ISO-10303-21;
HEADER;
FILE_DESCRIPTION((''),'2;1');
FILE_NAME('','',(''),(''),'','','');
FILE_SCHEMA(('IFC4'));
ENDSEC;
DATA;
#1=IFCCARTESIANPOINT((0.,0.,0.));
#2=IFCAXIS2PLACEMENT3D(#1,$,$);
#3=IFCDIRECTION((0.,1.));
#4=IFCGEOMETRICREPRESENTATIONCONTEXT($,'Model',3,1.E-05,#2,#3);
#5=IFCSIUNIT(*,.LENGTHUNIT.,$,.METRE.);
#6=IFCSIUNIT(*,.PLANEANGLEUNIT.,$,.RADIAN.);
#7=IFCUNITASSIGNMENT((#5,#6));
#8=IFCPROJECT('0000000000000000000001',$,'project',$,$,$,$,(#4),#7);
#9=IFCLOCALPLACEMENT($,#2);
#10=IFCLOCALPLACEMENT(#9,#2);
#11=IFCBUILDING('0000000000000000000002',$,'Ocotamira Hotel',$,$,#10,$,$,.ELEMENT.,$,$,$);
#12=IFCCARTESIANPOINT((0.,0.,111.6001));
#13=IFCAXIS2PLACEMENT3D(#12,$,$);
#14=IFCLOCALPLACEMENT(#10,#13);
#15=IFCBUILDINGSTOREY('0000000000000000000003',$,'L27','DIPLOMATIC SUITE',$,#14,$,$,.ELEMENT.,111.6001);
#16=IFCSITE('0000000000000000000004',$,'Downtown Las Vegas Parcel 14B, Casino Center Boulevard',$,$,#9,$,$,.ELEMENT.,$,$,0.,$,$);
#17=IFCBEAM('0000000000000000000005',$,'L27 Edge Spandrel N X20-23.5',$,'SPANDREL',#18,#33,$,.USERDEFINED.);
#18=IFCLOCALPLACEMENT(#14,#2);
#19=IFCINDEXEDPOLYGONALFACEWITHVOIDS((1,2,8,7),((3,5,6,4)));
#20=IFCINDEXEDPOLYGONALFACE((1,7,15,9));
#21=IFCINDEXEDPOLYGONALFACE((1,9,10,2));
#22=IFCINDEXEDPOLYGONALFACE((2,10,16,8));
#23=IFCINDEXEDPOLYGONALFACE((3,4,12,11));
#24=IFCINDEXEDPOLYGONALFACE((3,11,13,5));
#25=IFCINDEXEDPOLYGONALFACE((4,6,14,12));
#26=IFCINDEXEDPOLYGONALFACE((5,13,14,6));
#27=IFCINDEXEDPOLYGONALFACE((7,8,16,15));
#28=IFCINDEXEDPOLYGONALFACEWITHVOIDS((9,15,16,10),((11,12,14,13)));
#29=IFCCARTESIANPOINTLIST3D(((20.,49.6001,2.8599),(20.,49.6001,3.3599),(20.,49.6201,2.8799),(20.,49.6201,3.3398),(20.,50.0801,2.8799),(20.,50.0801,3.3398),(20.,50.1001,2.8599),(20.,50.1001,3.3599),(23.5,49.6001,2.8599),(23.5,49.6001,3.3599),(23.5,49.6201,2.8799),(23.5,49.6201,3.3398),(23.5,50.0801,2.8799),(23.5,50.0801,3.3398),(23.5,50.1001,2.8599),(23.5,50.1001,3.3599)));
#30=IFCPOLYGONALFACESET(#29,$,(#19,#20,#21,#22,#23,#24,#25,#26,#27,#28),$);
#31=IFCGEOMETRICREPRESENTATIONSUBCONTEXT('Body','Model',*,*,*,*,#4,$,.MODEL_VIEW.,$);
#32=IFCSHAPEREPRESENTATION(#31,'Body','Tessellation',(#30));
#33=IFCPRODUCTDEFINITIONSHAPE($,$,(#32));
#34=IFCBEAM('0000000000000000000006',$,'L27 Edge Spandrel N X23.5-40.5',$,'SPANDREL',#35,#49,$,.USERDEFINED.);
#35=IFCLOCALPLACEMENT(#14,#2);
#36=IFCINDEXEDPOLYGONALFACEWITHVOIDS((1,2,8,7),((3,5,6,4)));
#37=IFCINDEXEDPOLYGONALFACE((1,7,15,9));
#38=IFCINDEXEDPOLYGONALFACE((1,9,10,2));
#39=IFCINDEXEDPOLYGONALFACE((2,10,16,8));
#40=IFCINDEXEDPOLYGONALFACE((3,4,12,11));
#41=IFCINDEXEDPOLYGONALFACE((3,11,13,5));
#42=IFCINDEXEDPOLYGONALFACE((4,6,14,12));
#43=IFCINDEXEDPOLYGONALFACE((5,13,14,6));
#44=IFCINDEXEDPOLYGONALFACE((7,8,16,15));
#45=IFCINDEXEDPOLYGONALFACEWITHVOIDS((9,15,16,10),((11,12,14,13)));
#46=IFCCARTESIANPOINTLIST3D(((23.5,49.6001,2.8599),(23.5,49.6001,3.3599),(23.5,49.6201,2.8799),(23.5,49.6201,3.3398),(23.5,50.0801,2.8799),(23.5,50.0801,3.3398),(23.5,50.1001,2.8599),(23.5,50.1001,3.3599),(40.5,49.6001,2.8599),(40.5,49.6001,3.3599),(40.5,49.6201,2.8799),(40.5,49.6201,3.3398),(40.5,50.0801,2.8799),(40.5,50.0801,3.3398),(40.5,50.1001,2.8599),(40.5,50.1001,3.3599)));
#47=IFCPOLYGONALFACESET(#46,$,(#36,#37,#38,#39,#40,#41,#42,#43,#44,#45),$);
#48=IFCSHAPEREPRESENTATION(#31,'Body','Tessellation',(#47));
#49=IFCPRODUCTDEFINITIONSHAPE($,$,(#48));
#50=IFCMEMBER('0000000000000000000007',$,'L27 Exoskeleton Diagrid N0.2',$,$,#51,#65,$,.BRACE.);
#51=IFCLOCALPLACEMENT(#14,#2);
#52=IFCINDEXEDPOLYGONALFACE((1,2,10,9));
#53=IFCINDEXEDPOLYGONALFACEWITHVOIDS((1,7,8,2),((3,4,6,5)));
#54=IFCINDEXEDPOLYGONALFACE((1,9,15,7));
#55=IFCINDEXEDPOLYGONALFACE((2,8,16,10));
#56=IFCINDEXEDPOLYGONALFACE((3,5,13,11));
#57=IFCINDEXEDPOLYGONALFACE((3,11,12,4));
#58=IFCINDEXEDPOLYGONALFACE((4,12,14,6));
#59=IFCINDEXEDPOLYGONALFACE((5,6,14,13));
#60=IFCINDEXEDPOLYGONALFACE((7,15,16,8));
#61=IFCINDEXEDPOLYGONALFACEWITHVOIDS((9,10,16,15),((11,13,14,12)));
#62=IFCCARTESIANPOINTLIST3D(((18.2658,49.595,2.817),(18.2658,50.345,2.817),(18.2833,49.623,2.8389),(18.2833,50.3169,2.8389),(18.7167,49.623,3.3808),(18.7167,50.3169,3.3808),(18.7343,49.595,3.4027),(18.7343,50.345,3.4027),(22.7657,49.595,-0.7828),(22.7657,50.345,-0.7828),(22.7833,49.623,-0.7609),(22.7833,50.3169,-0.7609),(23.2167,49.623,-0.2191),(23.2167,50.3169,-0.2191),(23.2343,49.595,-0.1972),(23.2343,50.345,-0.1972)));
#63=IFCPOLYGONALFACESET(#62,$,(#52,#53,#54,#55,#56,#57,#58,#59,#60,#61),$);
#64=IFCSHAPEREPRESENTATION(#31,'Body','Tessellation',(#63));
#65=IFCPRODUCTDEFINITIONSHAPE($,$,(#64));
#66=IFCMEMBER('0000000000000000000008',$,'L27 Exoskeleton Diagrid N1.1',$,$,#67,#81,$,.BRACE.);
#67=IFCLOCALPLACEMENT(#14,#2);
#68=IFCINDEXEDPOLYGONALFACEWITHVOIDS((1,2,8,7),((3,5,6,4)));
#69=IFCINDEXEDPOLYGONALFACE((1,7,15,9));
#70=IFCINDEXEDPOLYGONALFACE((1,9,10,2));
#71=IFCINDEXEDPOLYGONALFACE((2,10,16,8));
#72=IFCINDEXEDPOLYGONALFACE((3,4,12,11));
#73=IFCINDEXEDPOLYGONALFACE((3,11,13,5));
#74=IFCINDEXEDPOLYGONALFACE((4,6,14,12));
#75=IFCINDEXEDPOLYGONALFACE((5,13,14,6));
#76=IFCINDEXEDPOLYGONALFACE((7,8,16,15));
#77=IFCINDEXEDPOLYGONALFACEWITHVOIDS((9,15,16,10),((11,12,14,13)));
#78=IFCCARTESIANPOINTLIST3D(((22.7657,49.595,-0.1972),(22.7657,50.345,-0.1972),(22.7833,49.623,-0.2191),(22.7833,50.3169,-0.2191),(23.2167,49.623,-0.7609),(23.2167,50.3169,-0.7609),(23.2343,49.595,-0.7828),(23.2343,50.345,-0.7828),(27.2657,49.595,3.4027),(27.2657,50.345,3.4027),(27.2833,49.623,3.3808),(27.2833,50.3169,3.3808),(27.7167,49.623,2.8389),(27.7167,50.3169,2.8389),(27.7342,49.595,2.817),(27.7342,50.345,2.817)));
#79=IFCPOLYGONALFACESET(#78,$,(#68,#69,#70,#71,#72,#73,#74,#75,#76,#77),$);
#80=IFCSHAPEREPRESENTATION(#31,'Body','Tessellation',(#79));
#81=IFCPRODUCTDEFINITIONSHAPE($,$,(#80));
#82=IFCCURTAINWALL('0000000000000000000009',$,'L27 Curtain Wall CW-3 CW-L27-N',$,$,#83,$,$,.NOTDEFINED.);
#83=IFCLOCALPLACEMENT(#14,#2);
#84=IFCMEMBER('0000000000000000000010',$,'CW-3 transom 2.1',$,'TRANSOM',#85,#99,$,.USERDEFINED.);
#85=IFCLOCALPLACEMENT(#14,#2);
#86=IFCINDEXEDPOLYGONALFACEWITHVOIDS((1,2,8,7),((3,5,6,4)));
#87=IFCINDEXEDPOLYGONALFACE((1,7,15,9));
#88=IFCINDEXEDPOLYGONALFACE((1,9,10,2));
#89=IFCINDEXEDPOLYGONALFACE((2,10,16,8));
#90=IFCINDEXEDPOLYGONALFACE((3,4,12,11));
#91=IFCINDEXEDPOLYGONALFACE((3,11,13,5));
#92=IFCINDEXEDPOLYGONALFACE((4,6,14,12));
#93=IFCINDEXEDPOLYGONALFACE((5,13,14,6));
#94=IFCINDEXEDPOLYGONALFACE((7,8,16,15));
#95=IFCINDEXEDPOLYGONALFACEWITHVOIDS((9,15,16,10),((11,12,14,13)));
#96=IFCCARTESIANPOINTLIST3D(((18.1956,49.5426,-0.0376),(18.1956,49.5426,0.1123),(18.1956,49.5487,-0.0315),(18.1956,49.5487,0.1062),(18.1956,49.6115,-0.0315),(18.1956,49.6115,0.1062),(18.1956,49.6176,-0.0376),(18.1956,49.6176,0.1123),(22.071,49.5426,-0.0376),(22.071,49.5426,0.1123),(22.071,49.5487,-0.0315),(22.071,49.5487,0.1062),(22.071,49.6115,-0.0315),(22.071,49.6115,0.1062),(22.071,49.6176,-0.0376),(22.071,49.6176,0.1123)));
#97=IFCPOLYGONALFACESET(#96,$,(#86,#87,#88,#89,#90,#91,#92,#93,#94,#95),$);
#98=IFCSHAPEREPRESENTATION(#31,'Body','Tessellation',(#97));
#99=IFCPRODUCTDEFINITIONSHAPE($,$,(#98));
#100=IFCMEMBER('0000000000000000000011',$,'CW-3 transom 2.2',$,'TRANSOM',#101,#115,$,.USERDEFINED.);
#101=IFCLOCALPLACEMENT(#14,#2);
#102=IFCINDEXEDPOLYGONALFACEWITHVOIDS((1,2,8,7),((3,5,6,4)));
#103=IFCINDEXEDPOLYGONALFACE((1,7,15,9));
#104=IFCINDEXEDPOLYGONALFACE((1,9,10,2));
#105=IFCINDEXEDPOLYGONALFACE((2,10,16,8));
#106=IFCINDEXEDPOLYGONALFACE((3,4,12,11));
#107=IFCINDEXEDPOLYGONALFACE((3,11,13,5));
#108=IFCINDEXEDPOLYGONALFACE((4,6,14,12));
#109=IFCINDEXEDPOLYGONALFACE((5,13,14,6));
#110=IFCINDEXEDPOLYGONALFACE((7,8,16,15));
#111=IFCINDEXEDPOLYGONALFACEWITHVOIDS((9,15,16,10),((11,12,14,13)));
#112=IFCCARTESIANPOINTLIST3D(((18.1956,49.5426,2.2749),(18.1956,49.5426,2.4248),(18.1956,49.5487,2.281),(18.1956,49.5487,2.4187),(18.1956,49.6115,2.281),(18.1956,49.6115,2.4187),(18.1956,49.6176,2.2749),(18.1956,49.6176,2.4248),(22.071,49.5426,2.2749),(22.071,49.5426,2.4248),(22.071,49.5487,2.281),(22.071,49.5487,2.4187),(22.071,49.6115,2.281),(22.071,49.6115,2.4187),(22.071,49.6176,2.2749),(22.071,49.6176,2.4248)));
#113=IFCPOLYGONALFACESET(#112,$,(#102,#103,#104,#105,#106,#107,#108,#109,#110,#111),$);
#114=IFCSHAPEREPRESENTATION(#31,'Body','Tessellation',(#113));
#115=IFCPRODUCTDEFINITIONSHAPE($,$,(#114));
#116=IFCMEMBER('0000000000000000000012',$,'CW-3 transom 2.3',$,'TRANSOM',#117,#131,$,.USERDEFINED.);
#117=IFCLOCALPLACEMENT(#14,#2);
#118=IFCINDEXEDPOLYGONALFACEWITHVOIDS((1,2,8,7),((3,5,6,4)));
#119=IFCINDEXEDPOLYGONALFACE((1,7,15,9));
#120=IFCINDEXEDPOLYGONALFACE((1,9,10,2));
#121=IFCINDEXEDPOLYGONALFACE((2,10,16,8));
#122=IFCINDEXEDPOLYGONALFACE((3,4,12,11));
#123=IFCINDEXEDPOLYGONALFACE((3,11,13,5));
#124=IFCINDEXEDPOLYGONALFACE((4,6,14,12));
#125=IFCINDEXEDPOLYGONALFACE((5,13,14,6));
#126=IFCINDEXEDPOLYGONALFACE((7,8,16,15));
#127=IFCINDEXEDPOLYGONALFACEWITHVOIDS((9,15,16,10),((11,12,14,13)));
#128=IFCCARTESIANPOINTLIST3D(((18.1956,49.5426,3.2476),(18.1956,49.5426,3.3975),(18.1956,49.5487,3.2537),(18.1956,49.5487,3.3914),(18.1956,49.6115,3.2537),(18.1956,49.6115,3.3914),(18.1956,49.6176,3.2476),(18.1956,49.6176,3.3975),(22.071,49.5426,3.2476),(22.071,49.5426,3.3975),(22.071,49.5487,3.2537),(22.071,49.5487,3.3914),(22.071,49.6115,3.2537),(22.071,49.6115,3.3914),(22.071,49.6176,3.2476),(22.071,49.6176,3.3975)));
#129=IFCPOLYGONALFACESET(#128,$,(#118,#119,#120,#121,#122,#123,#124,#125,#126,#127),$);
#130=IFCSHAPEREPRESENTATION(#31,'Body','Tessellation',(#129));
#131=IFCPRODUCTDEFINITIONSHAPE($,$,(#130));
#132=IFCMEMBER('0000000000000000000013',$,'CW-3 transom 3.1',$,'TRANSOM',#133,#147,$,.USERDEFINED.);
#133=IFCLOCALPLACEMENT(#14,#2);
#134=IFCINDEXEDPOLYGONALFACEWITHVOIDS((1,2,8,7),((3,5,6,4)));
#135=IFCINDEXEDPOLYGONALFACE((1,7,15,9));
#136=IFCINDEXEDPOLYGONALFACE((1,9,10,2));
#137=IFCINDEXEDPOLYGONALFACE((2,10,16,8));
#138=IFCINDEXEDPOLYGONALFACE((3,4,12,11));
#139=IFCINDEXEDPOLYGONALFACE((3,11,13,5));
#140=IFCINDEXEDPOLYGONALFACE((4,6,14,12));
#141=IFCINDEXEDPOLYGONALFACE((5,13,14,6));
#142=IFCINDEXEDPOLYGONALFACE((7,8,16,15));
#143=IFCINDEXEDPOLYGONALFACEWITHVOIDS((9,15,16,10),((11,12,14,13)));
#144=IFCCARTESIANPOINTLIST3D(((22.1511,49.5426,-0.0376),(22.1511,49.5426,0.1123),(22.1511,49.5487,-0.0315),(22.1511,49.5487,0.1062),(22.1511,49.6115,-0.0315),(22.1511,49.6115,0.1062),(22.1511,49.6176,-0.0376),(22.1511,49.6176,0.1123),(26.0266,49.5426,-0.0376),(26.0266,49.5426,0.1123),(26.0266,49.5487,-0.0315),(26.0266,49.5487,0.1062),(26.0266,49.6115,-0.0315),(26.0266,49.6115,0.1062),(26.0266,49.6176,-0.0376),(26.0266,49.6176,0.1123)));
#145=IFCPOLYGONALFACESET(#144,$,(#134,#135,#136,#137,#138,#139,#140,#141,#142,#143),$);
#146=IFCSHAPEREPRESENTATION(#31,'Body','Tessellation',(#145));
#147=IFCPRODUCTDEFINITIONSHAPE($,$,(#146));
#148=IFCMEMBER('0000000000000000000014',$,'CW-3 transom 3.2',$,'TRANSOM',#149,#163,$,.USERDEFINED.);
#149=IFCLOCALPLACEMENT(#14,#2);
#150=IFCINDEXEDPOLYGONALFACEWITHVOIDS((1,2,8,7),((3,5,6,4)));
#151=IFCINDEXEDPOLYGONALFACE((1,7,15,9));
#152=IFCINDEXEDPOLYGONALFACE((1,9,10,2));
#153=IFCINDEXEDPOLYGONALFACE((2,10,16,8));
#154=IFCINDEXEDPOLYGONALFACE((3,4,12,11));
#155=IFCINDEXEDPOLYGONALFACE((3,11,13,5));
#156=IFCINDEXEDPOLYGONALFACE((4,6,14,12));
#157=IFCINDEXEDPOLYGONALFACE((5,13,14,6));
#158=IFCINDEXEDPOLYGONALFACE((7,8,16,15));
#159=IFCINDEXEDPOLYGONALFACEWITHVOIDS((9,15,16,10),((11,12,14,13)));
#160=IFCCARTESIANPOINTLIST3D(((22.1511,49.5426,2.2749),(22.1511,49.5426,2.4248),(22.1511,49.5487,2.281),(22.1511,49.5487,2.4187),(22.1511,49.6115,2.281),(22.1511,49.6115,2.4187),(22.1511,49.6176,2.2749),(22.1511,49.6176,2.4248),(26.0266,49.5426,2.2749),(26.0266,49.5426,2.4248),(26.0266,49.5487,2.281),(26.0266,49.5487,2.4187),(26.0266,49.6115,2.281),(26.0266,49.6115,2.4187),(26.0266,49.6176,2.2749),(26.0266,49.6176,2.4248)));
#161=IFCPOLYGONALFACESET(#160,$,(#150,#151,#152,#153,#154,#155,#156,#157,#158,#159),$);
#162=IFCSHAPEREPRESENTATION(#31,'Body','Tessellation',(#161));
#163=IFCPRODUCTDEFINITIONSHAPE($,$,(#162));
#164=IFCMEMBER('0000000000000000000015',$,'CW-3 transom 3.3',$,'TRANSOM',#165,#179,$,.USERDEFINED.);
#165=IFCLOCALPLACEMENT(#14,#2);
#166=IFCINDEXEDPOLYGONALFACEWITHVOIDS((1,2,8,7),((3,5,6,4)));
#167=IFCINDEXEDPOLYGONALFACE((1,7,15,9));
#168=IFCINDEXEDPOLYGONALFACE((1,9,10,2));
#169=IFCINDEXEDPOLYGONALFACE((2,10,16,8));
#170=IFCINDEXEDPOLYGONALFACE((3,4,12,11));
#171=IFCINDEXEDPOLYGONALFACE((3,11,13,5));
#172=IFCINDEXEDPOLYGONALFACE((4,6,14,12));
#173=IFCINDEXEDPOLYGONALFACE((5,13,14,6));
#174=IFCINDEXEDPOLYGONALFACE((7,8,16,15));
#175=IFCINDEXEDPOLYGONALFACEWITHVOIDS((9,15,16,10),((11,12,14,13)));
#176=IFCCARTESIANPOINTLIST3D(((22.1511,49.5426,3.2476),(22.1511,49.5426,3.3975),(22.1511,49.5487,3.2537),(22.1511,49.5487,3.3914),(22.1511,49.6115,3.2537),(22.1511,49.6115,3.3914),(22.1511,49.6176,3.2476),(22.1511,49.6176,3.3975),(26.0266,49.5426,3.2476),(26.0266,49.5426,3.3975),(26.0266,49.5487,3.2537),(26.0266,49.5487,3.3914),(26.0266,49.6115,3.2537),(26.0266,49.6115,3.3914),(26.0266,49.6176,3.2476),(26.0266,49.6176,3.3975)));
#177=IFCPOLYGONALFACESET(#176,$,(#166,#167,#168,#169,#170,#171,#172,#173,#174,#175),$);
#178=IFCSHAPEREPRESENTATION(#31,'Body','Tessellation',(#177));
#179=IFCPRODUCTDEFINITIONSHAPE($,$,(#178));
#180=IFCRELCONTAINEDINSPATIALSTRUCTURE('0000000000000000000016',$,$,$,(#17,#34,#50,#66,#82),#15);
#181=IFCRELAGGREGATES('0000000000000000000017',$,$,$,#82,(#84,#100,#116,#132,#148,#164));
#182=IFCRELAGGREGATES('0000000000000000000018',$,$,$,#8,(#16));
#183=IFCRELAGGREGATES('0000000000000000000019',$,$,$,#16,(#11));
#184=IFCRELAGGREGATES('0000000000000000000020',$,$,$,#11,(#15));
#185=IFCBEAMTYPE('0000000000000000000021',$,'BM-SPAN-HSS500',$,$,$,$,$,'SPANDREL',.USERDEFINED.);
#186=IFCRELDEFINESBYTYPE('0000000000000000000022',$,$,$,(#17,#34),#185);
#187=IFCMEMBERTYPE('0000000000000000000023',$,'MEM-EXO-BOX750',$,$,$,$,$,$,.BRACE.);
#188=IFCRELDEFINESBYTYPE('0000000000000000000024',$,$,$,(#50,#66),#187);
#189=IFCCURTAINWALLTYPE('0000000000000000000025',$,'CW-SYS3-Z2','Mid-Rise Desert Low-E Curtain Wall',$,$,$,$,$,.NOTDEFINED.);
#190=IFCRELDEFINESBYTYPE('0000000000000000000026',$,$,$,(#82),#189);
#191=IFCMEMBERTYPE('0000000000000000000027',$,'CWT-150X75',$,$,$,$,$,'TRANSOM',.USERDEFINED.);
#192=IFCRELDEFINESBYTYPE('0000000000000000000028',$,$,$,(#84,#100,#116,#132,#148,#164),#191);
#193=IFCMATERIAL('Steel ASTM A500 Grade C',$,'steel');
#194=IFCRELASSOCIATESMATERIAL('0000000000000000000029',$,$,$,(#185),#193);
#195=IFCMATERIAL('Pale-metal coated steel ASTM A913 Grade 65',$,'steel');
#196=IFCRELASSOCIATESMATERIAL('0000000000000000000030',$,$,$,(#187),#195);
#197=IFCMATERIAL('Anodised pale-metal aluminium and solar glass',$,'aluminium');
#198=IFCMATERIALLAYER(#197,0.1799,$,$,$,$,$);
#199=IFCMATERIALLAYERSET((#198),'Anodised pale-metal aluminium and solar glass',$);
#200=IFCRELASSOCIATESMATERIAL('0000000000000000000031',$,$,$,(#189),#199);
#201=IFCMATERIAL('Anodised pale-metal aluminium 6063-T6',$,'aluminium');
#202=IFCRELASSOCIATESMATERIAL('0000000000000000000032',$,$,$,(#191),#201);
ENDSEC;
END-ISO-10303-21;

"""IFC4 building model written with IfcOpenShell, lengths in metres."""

from ifc_helpers import new_model, si_unit, direction, frame, origin, origin_2d, place, context, subcontext, project, spatial, hollow_rectangle, extrude, source, transform, mapped, material, layer, layer_set, material_profile, profile_set, type_object, element, aggregate, save


model = new_model("IFC4")

# Units and contexts
model_context = context("Model", 3, precision=1e-05, world=origin(), true_north=direction((0.0, 1.0)))
body_context = subcontext(model_context, "Body", "Model", "MODEL_VIEW")
ifc_project = project(units=[si_unit("LENGTHUNIT", "METRE"), si_unit("PLANEANGLEUNIT", "RADIAN")], contexts=[model_context])

# Site, building, storey
site_placement = place(None, origin())
site = spatial("IfcSite", under=ifc_project, at=site_placement, Name="Downtown Las Vegas Parcel 14B, Casino Center Boulevard", CompositionType="ELEMENT", RefElevation=0.0)
building_placement = place(site_placement, origin())
building = spatial("IfcBuilding", under=site, at=building_placement, Name="Ocotamira Hotel", CompositionType="ELEMENT")
storey_placement = place(building_placement, frame((0.0, 0.0, 111.6001)))
storey = spatial("IfcBuildingStorey", under=building, at=storey_placement, Name="L27", Description="DIPLOMATIC SUITE", CompositionType="ELEMENT", Elevation=111.6001)

# Beams
ifc_material_1 = material(Name="Steel ASTM A500 Grade C", Category="steel")
ifc_material_profile_1 = material_profile(ifc_material_1, hollow_rectangle(XDim=0.5, YDim=0.5, WallThickness=0.02, at=origin_2d()), Name="HSS500X500X20")
ifc_profile_set_1 = profile_set([ifc_material_profile_1], Name="Steel ASTM A500 Grade C")
beam_type_1 = type_object("IfcBeamType", Name="BM-SPAN-HSS500", ElementType="SPANDREL", PredefinedType="USERDEFINED", material=ifc_profile_set_1)
shared_shape_1 = source(origin(), body_context, "Body", "SweptSolid", [
    extrude(hollow_rectangle(XDim=0.5, YDim=0.5, WallThickness=0.02, at=origin_2d()), origin(), (0.0, 0.0, 1.0), 3.5),
])
beam_1_placement = place(storey_placement, frame((20.0, 49.8501, 3.1099), z_axis=(1.0, 0.0, 0.0), x_axis=(0.0, 1.0, 0.0)))
element("IfcBeam", 1, at=beam_1_placement, inside=storey, type_object=beam_type_1, Name="L27 Edge Spandrel N X20-23.5", ObjectType="SPANDREL", PredefinedType="USERDEFINED", context=body_context, shape_type="MappedRepresentation", body=[
    mapped(shared_shape_1, transform((0.0, 0.0, 0.0), scale=1.0)),
])
shared_shape_2 = source(origin(), body_context, "Body", "SweptSolid", [
    extrude(hollow_rectangle(XDim=0.5, YDim=0.5, WallThickness=0.02, at=origin_2d()), origin(), (0.0, 0.0, 1.0), 17.0),
])
beam_2_placement = place(storey_placement, frame((23.5, 49.8501, 3.1099), z_axis=(1.0, 0.0, 0.0), x_axis=(0.0, 1.0, 0.0)))
element("IfcBeam", 2, at=beam_2_placement, inside=storey, type_object=beam_type_1, Name="L27 Edge Spandrel N X23.5-40.5", ObjectType="SPANDREL", PredefinedType="USERDEFINED", context=body_context, shape_type="MappedRepresentation", body=[
    mapped(shared_shape_2, transform((0.0, 0.0, 0.0), scale=1.0)),
])

# Members
ifc_material_2 = material(Name="Pale-metal coated steel ASTM A913 Grade 65", Category="steel")
ifc_material_profile_2 = material_profile(ifc_material_2, hollow_rectangle(XDim=0.75, YDim=0.75, WallThickness=0.0281, at=origin_2d()), Name="BOX750X750X28")
ifc_profile_set_2 = profile_set([ifc_material_profile_2], Name="Pale-metal coated steel ASTM A913 Grade 65")
member_type_1 = type_object("IfcMemberType", Name="MEM-EXO-BOX750", PredefinedType="BRACE", material=ifc_profile_set_2)
shared_shape_3 = source(origin(), body_context, "Body", "SweptSolid", [
    extrude(hollow_rectangle(XDim=0.75, YDim=0.75, WallThickness=0.0281, at=origin_2d()), origin(), (0.0, 0.0, 1.0), 5.7627),
])
for number, where, z_axis, x_axis, name in (
    (3, (23.0, 49.97, -0.49), (-0.780881, 0.0, 0.62468), (0.0, -1.0, 0.0), "L27 Exoskeleton Diagrid N0.2"),
    (4, (23.0, 49.97, -0.49), (0.780881, 0.0, 0.62468), (0.0, 1.0, 0.0), "L27 Exoskeleton Diagrid N1.1"),
):
    element("IfcMember", number, at=place(storey_placement, frame(where, z_axis=z_axis, x_axis=x_axis)), inside=storey, type_object=member_type_1, Name=name, PredefinedType="BRACE", context=body_context, shape_type="MappedRepresentation", body=[
        mapped(shared_shape_3, transform((0.0, 0.0, 0.0), scale=1.0)),
    ])

# Curtain wall, members
ifc_material_3 = material(Name="Anodised pale-metal aluminium and solar glass", Category="aluminium")
ifc_layer_1 = layer(ifc_material_3, 0.1799)
ifc_layer_set_1 = layer_set([ifc_layer_1], Name="Anodised pale-metal aluminium and solar glass")
curtain_wall_type = type_object("IfcCurtainWallType", Name="CW-SYS3-Z2", Description="Mid-Rise Desert Low-E Curtain Wall", PredefinedType="NOTDEFINED", material=ifc_layer_set_1)
curtain_wall_placement = place(storey_placement, origin())
curtain_wall = element("IfcCurtainWall", 5, at=curtain_wall_placement, inside=storey, type_object=curtain_wall_type, Name="L27 Curtain Wall CW-3 CW-L27-N", PredefinedType="NOTDEFINED")
ifc_material_4 = material(Name="Anodised pale-metal aluminium 6063-T6", Category="aluminium")
ifc_material_profile_3 = material_profile(ifc_material_4, hollow_rectangle(XDim=0.075, YDim=0.1499, WallThickness=0.0061, at=origin_2d()), Name="HSS150X75X6")
ifc_profile_set_3 = profile_set([ifc_material_profile_3], Name="Anodised pale-metal aluminium 6063-T6")
member_type_2 = type_object("IfcMemberType", Name="CWT-150X75", ElementType="TRANSOM", PredefinedType="USERDEFINED", material=ifc_profile_set_3)
shared_shape_4 = source(origin(), body_context, "Body", "SweptSolid", [
    extrude(hollow_rectangle(XDim=0.075, YDim=0.1499, WallThickness=0.0061, at=origin_2d()), origin(), (0.0, 0.0, 1.0), 3.8755),
])
member_1_placement = place(storey_placement, frame((18.1956, 49.5801, 0.0374), z_axis=(1.0, 0.0, 0.0), x_axis=(0.0, 1.0, 0.0)))
member_1 = element("IfcMember", 6, at=member_1_placement, type_object=member_type_2, Name="CW-3 transom 2.1", ObjectType="TRANSOM", PredefinedType="USERDEFINED", context=body_context, shape_type="MappedRepresentation", body=[
    mapped(shared_shape_4, transform((0.0, 0.0, 0.0), scale=1.0)),
])
member_2_placement = place(storey_placement, frame((18.1956, 49.5801, 2.3499), z_axis=(1.0, 0.0, 0.0), x_axis=(0.0, 1.0, 0.0)))
member_2 = element("IfcMember", 7, at=member_2_placement, type_object=member_type_2, Name="CW-3 transom 2.2", ObjectType="TRANSOM", PredefinedType="USERDEFINED", context=body_context, shape_type="MappedRepresentation", body=[
    mapped(shared_shape_4, transform((0.0, 0.0, 0.0), scale=1.0)),
])
member_3_placement = place(storey_placement, frame((18.1956, 49.5801, 3.3225), z_axis=(1.0, 0.0, 0.0), x_axis=(0.0, 1.0, 0.0)))
member_3 = element("IfcMember", 8, at=member_3_placement, type_object=member_type_2, Name="CW-3 transom 2.3", ObjectType="TRANSOM", PredefinedType="USERDEFINED", context=body_context, shape_type="MappedRepresentation", body=[
    mapped(shared_shape_4, transform((0.0, 0.0, 0.0), scale=1.0)),
])
member_4_placement = place(storey_placement, frame((22.1511, 49.5801, 0.0374), z_axis=(1.0, 0.0, 0.0), x_axis=(0.0, 1.0, 0.0)))
member_4 = element("IfcMember", 9, at=member_4_placement, type_object=member_type_2, Name="CW-3 transom 3.1", ObjectType="TRANSOM", PredefinedType="USERDEFINED", context=body_context, shape_type="MappedRepresentation", body=[
    mapped(shared_shape_4, transform((0.0, 0.0, 0.0), scale=1.0)),
])
member_5_placement = place(storey_placement, frame((22.1511, 49.5801, 2.3499), z_axis=(1.0, 0.0, 0.0), x_axis=(0.0, 1.0, 0.0)))
member_5 = element("IfcMember", 10, at=member_5_placement, type_object=member_type_2, Name="CW-3 transom 3.2", ObjectType="TRANSOM", PredefinedType="USERDEFINED", context=body_context, shape_type="MappedRepresentation", body=[
    mapped(shared_shape_4, transform((0.0, 0.0, 0.0), scale=1.0)),
])
member_6_placement = place(storey_placement, frame((22.1511, 49.5801, 3.3225), z_axis=(1.0, 0.0, 0.0), x_axis=(0.0, 1.0, 0.0)))
member_6 = element("IfcMember", 11, at=member_6_placement, type_object=member_type_2, Name="CW-3 transom 3.3", ObjectType="TRANSOM", PredefinedType="USERDEFINED", context=body_context, shape_type="MappedRepresentation", body=[
    mapped(shared_shape_4, transform((0.0, 0.0, 0.0), scale=1.0)),
])

aggregate(curtain_wall, [member_1, member_2, member_3, member_4, member_5, member_6])

save(model, "model.ifc")
